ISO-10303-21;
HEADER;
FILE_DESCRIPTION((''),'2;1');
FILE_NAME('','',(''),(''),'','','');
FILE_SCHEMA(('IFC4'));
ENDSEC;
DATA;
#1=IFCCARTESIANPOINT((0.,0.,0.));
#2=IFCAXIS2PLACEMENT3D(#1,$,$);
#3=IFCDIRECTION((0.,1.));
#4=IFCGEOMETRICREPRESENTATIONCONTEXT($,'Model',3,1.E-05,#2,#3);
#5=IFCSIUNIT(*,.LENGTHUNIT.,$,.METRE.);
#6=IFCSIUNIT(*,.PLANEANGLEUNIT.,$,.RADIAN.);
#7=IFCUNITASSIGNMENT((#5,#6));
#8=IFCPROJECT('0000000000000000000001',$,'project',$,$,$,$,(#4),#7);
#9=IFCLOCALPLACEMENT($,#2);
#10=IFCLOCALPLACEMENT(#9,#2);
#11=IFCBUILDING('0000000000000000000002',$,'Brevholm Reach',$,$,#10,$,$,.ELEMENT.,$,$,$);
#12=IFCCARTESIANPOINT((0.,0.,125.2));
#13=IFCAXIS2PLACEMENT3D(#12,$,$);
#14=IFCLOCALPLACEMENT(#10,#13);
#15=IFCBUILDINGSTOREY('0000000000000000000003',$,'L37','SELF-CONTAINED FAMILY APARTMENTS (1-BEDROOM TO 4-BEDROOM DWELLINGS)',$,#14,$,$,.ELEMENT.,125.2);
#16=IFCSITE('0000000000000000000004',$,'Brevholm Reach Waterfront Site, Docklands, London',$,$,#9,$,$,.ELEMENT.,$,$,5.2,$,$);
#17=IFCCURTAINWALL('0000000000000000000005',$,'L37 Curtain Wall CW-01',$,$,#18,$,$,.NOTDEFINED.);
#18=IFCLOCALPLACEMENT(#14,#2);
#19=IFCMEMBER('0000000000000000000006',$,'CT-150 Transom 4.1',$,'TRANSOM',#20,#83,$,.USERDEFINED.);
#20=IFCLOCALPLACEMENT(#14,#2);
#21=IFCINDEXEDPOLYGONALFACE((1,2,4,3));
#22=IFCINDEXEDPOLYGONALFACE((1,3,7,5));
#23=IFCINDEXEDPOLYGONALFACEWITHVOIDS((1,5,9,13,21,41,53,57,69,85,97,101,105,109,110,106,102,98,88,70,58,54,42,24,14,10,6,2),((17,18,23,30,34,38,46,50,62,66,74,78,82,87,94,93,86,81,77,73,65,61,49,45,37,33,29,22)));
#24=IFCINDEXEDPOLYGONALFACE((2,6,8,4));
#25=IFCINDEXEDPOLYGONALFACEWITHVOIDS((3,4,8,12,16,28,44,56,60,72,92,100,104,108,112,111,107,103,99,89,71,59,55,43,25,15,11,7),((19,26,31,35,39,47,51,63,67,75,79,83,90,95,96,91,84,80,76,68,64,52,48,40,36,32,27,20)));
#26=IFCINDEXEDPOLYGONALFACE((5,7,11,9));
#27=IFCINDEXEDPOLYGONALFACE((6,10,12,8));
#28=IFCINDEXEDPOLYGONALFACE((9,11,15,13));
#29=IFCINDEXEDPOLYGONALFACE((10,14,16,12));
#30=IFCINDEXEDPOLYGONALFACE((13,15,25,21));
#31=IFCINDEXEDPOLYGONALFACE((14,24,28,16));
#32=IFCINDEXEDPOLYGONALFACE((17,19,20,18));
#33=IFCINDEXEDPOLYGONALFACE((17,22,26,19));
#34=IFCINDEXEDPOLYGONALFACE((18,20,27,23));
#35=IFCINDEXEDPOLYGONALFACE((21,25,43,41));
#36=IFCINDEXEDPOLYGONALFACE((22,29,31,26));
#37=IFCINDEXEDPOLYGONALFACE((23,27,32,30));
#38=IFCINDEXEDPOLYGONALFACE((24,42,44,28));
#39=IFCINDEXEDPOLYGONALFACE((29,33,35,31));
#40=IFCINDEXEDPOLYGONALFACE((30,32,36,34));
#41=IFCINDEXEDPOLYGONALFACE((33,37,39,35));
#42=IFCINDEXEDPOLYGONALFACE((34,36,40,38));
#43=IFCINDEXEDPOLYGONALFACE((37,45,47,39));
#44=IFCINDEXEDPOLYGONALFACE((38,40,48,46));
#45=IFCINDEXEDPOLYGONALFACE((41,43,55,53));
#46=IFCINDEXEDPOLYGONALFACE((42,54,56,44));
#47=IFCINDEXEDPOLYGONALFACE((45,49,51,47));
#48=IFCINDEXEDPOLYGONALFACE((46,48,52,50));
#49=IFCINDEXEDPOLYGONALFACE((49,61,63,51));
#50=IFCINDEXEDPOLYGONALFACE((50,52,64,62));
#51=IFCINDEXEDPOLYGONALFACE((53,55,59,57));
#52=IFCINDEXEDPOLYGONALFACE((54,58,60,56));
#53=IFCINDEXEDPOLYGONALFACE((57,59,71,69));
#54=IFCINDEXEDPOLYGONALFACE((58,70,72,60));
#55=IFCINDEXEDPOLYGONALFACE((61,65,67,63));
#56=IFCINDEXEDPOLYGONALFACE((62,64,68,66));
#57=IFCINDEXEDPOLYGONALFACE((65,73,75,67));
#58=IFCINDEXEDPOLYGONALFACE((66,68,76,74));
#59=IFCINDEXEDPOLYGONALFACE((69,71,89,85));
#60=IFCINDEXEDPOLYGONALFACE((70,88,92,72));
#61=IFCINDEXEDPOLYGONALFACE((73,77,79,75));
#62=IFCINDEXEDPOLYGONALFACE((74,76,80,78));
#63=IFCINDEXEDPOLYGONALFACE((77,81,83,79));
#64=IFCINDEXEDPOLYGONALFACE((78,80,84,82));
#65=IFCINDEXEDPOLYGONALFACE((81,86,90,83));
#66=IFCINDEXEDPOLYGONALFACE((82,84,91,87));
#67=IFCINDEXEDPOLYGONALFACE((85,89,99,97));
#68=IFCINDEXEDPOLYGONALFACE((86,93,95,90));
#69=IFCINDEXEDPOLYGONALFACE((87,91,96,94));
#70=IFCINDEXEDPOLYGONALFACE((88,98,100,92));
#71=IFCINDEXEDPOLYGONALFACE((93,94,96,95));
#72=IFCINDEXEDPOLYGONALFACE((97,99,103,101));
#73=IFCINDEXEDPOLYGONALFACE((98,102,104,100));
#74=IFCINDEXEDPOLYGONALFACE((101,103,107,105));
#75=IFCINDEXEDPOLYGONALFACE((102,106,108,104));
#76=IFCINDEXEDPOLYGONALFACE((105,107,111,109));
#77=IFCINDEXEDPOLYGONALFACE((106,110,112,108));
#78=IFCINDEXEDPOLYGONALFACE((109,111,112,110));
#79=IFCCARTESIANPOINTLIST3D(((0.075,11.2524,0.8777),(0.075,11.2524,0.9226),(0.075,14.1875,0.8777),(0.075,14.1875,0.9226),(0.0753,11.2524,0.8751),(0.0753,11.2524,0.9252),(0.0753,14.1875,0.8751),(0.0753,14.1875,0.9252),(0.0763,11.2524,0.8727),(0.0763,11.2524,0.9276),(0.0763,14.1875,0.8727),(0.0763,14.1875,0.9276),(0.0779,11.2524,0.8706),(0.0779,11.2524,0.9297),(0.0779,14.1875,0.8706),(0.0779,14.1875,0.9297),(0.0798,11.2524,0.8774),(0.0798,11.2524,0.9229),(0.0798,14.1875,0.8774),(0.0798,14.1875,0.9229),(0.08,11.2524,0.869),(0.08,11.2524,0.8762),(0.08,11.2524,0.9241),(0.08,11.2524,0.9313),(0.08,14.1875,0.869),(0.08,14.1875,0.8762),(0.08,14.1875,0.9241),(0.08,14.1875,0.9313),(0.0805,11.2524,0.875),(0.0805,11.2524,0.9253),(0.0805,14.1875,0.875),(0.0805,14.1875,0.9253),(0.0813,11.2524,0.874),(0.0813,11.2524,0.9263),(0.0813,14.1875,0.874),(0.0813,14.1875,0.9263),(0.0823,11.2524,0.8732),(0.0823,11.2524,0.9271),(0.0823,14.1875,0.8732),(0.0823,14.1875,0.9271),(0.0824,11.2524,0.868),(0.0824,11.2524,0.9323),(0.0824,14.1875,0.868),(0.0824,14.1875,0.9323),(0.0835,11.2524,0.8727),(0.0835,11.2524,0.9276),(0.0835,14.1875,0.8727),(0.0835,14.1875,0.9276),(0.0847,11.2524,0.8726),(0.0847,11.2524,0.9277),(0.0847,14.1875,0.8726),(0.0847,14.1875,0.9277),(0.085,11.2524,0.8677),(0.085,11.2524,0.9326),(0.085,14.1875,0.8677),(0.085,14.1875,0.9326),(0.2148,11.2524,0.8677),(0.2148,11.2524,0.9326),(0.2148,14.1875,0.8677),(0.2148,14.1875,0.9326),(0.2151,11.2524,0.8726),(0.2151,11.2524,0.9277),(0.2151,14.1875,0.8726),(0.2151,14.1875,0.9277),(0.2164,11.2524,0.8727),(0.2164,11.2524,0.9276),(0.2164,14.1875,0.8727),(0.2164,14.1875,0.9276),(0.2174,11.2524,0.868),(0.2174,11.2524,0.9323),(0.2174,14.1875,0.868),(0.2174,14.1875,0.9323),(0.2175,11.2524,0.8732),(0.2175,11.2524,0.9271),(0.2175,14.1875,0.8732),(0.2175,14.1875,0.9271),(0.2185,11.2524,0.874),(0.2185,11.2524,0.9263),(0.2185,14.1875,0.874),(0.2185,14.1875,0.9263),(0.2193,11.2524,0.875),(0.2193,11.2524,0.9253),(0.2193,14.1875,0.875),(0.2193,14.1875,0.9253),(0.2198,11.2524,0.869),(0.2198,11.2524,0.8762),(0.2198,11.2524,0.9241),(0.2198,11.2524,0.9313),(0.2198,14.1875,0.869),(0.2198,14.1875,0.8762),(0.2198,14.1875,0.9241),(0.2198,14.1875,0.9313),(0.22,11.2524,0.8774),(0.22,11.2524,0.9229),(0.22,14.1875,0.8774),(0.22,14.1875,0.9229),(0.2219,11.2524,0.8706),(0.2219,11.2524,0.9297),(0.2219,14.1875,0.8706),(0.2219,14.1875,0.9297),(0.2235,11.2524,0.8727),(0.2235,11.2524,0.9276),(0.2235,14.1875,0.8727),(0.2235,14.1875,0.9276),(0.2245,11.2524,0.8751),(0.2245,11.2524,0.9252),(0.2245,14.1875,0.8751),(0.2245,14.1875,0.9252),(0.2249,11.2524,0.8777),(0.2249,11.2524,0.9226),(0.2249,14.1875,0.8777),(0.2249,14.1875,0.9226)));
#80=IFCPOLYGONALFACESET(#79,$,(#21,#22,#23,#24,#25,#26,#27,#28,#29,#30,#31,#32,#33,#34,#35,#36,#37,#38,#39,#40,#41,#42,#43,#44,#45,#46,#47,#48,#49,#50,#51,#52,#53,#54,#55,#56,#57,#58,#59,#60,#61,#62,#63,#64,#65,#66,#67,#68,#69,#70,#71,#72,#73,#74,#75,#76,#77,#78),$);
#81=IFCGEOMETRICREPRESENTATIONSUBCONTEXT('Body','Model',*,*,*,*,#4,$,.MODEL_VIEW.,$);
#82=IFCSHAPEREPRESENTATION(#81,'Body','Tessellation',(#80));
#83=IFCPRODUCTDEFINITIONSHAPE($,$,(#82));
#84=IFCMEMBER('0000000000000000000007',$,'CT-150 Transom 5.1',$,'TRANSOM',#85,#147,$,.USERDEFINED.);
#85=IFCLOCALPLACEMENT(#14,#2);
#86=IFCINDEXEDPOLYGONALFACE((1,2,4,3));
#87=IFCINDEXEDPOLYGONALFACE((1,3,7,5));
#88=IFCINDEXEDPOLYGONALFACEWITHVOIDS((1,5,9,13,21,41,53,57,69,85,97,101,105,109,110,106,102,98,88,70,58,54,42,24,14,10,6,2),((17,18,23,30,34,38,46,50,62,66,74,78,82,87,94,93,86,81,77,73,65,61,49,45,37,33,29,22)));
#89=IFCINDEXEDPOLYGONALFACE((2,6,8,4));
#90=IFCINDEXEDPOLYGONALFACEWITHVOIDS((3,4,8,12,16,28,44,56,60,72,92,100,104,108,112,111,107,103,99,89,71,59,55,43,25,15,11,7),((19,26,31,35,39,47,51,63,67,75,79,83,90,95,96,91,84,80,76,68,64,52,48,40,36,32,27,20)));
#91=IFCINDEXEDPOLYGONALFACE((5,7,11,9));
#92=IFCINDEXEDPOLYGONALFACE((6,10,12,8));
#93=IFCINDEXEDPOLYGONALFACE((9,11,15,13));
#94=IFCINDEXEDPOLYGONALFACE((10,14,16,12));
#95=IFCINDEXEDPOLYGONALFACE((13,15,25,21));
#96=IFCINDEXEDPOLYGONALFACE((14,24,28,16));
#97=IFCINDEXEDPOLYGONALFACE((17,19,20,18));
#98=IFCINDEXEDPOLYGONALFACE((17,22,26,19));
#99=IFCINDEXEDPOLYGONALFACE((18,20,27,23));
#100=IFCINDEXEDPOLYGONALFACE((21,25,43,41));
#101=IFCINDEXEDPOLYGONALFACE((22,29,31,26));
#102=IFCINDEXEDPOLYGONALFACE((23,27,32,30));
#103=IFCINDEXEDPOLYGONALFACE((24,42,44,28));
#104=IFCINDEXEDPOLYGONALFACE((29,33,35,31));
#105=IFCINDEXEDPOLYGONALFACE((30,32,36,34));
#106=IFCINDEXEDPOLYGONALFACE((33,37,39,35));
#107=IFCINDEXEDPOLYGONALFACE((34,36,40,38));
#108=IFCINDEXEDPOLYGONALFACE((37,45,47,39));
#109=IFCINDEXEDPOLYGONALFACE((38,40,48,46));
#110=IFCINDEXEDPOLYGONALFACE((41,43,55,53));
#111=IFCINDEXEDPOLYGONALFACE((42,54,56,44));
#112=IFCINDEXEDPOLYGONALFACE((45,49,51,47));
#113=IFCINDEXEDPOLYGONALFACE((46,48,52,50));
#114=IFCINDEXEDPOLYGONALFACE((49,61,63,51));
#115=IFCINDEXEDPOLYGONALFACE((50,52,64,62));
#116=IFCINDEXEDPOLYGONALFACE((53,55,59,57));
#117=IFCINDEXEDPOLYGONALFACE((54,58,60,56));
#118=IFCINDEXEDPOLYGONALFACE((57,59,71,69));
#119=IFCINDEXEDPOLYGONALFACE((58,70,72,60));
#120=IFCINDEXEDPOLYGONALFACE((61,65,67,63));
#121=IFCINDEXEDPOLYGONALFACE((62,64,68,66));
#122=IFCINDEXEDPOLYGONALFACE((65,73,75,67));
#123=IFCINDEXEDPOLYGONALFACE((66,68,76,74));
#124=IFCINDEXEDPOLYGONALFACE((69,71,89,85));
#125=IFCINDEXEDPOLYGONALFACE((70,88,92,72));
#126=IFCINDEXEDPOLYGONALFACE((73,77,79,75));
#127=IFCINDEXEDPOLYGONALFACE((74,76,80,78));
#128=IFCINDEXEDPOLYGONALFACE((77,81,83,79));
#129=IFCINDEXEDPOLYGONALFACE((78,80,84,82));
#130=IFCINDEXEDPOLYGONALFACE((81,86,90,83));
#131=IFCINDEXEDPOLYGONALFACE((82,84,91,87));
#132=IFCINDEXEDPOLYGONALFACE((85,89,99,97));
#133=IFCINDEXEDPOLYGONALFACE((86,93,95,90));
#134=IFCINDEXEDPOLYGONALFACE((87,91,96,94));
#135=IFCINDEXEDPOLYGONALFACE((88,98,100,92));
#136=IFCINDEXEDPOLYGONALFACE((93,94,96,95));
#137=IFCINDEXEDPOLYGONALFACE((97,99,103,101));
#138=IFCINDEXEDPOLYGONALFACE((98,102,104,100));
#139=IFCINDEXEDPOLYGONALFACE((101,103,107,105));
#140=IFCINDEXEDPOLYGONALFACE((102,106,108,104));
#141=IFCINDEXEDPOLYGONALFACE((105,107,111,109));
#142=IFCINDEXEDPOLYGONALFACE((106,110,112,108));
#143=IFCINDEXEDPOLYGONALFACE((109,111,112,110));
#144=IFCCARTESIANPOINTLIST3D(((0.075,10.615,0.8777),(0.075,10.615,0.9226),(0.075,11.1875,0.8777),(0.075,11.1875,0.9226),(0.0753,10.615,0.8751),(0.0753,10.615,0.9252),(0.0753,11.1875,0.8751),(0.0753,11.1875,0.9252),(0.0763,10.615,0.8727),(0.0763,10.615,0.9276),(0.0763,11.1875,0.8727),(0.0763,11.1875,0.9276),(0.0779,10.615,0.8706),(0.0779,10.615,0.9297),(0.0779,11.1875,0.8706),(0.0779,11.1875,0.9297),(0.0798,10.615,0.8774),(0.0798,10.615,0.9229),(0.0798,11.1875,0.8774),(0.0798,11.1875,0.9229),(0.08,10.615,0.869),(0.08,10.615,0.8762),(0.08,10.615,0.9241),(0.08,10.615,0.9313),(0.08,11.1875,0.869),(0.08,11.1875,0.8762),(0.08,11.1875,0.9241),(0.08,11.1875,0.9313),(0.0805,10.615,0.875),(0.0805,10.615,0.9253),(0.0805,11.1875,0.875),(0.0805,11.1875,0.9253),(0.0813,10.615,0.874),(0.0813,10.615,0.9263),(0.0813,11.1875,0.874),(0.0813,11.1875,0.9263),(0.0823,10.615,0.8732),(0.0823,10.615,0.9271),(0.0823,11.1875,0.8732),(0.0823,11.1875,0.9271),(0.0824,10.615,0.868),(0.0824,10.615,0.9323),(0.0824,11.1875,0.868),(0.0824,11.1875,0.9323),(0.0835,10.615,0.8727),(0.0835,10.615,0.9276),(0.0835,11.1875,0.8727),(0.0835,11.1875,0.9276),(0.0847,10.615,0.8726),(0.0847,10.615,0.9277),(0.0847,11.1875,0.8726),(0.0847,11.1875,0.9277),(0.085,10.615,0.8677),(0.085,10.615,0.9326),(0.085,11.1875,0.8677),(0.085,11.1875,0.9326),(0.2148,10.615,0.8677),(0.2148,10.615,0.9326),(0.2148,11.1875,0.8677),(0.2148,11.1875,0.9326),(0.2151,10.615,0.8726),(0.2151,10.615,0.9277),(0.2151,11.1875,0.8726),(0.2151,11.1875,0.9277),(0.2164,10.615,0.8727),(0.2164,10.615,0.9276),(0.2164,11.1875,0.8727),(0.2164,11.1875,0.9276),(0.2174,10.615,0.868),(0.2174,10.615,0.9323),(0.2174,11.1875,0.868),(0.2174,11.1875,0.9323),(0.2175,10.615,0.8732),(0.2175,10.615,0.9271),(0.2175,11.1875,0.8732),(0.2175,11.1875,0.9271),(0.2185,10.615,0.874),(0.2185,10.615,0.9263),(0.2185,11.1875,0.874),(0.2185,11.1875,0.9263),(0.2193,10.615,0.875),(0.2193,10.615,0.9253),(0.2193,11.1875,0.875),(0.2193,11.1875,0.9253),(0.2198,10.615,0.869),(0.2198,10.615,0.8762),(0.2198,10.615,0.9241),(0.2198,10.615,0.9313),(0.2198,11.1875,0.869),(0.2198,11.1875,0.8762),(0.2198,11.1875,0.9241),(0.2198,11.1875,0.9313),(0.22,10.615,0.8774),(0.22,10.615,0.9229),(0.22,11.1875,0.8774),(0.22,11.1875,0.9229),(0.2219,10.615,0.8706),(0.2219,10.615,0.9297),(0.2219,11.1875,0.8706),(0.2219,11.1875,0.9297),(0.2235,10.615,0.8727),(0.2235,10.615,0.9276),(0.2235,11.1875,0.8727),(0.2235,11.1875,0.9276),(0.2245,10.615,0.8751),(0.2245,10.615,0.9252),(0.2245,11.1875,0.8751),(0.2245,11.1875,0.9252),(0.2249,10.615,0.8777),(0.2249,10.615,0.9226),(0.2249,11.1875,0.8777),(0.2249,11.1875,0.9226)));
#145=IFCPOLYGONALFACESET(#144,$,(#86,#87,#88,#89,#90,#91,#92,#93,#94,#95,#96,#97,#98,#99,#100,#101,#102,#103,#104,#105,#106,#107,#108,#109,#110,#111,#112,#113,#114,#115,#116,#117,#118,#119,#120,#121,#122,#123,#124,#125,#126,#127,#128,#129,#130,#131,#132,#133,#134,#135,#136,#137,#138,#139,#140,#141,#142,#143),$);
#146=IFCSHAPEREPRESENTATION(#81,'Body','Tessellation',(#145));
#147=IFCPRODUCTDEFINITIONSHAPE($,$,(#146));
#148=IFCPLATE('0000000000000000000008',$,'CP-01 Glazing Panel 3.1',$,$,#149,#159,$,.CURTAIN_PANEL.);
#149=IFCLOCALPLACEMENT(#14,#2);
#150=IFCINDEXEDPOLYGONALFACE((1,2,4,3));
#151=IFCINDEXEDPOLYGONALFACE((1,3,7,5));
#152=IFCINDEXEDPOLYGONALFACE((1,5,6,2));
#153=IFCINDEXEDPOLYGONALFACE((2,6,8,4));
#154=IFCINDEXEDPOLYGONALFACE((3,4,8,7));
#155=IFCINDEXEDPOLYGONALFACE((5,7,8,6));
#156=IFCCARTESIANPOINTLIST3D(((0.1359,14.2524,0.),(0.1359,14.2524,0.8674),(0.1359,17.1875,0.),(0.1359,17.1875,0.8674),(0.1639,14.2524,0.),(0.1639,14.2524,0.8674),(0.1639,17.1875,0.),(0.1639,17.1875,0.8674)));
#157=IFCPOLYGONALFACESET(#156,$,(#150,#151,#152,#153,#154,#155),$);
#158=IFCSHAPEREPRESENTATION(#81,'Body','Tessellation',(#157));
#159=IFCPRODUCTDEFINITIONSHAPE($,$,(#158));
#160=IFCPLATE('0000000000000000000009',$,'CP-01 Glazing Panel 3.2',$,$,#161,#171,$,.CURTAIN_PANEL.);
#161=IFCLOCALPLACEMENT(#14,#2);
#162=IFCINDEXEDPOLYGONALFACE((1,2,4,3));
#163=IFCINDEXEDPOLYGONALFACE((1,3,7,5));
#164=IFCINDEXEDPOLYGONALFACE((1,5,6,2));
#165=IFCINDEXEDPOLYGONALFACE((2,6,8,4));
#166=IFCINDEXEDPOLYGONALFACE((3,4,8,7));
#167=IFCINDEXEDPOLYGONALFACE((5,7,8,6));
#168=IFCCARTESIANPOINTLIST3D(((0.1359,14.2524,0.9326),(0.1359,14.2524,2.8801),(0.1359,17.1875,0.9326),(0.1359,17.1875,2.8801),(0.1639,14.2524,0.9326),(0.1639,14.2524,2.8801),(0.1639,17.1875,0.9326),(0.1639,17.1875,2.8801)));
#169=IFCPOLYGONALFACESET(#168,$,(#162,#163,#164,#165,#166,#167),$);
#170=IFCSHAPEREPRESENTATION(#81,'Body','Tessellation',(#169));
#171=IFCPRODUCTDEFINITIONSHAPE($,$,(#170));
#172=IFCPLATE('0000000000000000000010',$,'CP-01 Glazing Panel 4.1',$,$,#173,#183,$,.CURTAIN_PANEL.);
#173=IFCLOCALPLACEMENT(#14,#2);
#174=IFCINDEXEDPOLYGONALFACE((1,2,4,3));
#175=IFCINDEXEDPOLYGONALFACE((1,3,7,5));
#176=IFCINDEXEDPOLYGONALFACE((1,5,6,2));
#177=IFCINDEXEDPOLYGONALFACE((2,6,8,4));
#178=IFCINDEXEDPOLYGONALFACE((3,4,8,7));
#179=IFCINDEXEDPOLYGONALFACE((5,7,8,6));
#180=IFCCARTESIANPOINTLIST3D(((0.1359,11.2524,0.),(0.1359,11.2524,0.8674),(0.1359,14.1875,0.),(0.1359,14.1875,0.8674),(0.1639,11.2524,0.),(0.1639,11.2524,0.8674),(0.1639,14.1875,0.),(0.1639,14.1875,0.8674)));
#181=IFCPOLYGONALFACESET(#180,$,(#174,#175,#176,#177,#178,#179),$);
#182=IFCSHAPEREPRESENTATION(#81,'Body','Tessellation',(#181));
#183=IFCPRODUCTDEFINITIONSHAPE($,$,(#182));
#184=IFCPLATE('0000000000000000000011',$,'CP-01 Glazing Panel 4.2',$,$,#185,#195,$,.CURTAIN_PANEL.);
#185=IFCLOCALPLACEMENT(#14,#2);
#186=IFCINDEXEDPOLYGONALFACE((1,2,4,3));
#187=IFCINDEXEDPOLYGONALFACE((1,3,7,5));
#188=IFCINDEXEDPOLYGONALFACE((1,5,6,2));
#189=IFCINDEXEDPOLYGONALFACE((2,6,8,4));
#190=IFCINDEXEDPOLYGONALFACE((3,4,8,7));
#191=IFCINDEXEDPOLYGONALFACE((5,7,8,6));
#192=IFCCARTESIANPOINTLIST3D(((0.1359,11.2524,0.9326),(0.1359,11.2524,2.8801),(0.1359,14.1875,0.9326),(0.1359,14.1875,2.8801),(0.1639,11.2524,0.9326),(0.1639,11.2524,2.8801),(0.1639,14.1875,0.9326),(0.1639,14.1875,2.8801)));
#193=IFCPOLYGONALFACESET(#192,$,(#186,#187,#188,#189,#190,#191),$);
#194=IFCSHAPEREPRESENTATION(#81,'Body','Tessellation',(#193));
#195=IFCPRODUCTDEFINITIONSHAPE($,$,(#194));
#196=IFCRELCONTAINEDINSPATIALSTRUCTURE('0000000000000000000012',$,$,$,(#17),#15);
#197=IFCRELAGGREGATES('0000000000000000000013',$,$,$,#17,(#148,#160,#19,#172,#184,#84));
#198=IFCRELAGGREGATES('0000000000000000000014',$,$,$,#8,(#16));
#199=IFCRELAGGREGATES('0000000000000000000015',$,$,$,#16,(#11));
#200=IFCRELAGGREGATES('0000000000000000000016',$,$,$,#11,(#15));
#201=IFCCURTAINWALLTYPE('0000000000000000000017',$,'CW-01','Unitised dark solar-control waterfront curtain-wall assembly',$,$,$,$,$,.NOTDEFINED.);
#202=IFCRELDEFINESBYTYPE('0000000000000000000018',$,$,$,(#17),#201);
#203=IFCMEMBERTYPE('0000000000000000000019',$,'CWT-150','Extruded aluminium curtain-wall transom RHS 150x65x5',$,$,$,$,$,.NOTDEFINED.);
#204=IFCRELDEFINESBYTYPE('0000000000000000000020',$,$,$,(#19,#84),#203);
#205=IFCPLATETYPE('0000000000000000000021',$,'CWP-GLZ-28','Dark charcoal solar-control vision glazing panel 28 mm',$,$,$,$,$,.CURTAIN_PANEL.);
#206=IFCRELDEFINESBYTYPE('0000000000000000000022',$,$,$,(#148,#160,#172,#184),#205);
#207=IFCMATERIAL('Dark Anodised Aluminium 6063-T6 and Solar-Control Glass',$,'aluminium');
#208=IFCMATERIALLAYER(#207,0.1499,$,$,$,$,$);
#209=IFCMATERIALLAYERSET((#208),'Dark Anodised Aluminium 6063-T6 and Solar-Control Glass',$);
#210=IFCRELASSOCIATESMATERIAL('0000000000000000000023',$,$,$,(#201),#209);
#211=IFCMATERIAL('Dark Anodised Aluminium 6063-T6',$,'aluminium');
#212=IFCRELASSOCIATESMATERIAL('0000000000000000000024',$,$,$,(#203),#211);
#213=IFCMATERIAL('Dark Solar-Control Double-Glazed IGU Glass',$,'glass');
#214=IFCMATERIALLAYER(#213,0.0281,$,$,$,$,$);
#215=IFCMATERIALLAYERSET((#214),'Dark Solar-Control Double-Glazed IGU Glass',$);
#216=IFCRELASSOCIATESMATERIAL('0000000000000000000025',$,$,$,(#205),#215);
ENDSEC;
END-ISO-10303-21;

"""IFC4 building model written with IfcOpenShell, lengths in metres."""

from ifc_helpers import new_model, si_unit, direction, frame, origin, origin_2d, place, context, subcontext, project, spatial, rectangle, hollow_rectangle, extrude, material, layer, layer_set, material_profile, profile_set, type_object, element, aggregate, save


model = new_model("IFC4")

# Units and contexts
model_context = context("Model", 3, precision=1e-05, world=origin(), true_north=direction((0.0, 1.0)))
body_context = subcontext(model_context, "Body", "Model", "MODEL_VIEW")
ifc_project = project(units=[si_unit("LENGTHUNIT", "METRE"), si_unit("PLANEANGLEUNIT", "RADIAN")], contexts=[model_context])

# Site, building, storey
site_placement = place(None, origin())
site = spatial("IfcSite", under=ifc_project, at=site_placement, Name="Brevholm Reach Waterfront Site, Docklands, London", CompositionType="ELEMENT", RefElevation=5.2)
building_placement = place(site_placement, origin())
building = spatial("IfcBuilding", under=site, at=building_placement, Name="Brevholm Reach", CompositionType="ELEMENT")
storey_placement = place(building_placement, frame((0.0, 0.0, 125.2)))
storey = spatial("IfcBuildingStorey", under=building, at=storey_placement, Name="L37", Description="SELF-CONTAINED FAMILY APARTMENTS (1-BEDROOM TO 4-BEDROOM DWELLINGS)", CompositionType="ELEMENT", Elevation=125.2)

# Curtain wall, members, plates
ifc_material_1 = material(Name="Dark Anodised Aluminium 6063-T6 and Solar-Control Glass", Category="aluminium")
ifc_layer_1 = layer(ifc_material_1, 0.1499)
ifc_layer_set_1 = layer_set([ifc_layer_1], Name="Dark Anodised Aluminium 6063-T6 and Solar-Control Glass")
curtain_wall_type = type_object("IfcCurtainWallType", Name="CW-01", Description="Unitised dark solar-control waterfront curtain-wall assembly", PredefinedType="NOTDEFINED", material=ifc_layer_set_1)
curtain_wall_placement = place(storey_placement, origin())
curtain_wall = element("IfcCurtainWall", 1, at=curtain_wall_placement, inside=storey, type_object=curtain_wall_type, Name="L37 Curtain Wall CW-01", PredefinedType="NOTDEFINED")
ifc_material_2 = material(Name="Dark Anodised Aluminium 6063-T6", Category="aluminium")
ifc_material_profile_1 = material_profile(ifc_material_2, hollow_rectangle(XDim=0.0649, YDim=0.1499, WallThickness=0.0049, InnerFilletRadius=0.0049, OuterFilletRadius=0.01, at=origin_2d()), Name="RHS 150x65x5")
ifc_profile_set_1 = profile_set([ifc_material_profile_1], Name="Dark Anodised Aluminium 6063-T6")
member_type_1 = type_object("IfcMemberType", Name="CWT-150", Description="Extruded aluminium curtain-wall transom RHS 150x65x5", PredefinedType="NOTDEFINED", material=ifc_profile_set_1)
member_1_placement = place(storey_placement, frame((0.1499, 14.1875, 0.9001), z_axis=(0.0, -1.0, 0.0), x_axis=(0.0, 0.0, 1.0)))
member_1 = element("IfcMember", 2, at=member_1_placement, type_object=member_type_1, Name="CT-150 Transom 4.1", ObjectType="TRANSOM", PredefinedType="USERDEFINED", context=body_context, shape_type="SweptSolid", body=[
    extrude(hollow_rectangle(XDim=0.0649, YDim=0.1499, WallThickness=0.0049, InnerFilletRadius=0.0049, OuterFilletRadius=0.01, at=origin_2d()), origin(), (0.0, 0.0, 1.0), 2.9351),
])
member_2_placement = place(storey_placement, frame((0.1499, 11.1875, 0.9001), z_axis=(0.0, -1.0, 0.0), x_axis=(0.0, 0.0, 1.0)))
member_2 = element("IfcMember", 3, at=member_2_placement, type_object=member_type_1, Name="CT-150 Transom 5.1", ObjectType="TRANSOM", PredefinedType="USERDEFINED", context=body_context, shape_type="SweptSolid", body=[
    extrude(hollow_rectangle(XDim=0.0649, YDim=0.1499, WallThickness=0.0049, InnerFilletRadius=0.0049, OuterFilletRadius=0.01, at=origin_2d()), origin(), (0.0, 0.0, 1.0), 0.5725),
])
ifc_material_3 = material(Name="Dark Solar-Control Double-Glazed IGU Glass", Category="glass")
ifc_layer_2 = layer(ifc_material_3, 0.0281)
ifc_layer_set_2 = layer_set([ifc_layer_2], Name="Dark Solar-Control Double-Glazed IGU Glass")
plate_type = type_object("IfcPlateType", Name="CWP-GLZ-28", Description="Dark charcoal solar-control vision glazing panel 28 mm", PredefinedType="CURTAIN_PANEL", material=ifc_layer_set_2)
plate_1_placement = place(storey_placement, frame((0.1499, 15.72, 0.0), z_axis=(0.0, 0.0, 1.0), x_axis=(0.0, -1.0, 0.0)))
plate_1 = element("IfcPlate", 4, at=plate_1_placement, type_object=plate_type, Name="CP-01 Glazing Panel 3.1", PredefinedType="CURTAIN_PANEL", context=body_context, shape_type="SweptSolid", body=[
    extrude(rectangle(XDim=2.9351, YDim=0.0281, at=origin_2d()), origin(), (0.0, 0.0, 1.0), 0.8674),
])
plate_2_placement = place(storey_placement, frame((0.1499, 15.72, 0.9326), z_axis=(0.0, 0.0, 1.0), x_axis=(0.0, -1.0, 0.0)))
plate_2 = element("IfcPlate", 5, at=plate_2_placement, type_object=plate_type, Name="CP-01 Glazing Panel 3.2", PredefinedType="CURTAIN_PANEL", context=body_context, shape_type="SweptSolid", body=[
    extrude(rectangle(XDim=2.9351, YDim=0.0281, at=origin_2d()), origin(), (0.0, 0.0, 1.0), 1.9475),
])
plate_3_placement = place(storey_placement, frame((0.1499, 12.72, 0.0), z_axis=(0.0, 0.0, 1.0), x_axis=(0.0, -1.0, 0.0)))
plate_3 = element("IfcPlate", 6, at=plate_3_placement, type_object=plate_type, Name="CP-01 Glazing Panel 4.1", PredefinedType="CURTAIN_PANEL", context=body_context, shape_type="SweptSolid", body=[
    extrude(rectangle(XDim=2.9351, YDim=0.0281, at=origin_2d()), origin(), (0.0, 0.0, 1.0), 0.8674),
])
plate_4_placement = place(storey_placement, frame((0.1499, 12.72, 0.9326), z_axis=(0.0, 0.0, 1.0), x_axis=(0.0, -1.0, 0.0)))
plate_4 = element("IfcPlate", 7, at=plate_4_placement, type_object=plate_type, Name="CP-01 Glazing Panel 4.2", PredefinedType="CURTAIN_PANEL", context=body_context, shape_type="SweptSolid", body=[
    extrude(rectangle(XDim=2.9351, YDim=0.0281, at=origin_2d()), origin(), (0.0, 0.0, 1.0), 1.9475),
])
aggregate(curtain_wall, [plate_1, plate_2, member_1, plate_3, plate_4, member_2])

save(model, "model.ifc")
